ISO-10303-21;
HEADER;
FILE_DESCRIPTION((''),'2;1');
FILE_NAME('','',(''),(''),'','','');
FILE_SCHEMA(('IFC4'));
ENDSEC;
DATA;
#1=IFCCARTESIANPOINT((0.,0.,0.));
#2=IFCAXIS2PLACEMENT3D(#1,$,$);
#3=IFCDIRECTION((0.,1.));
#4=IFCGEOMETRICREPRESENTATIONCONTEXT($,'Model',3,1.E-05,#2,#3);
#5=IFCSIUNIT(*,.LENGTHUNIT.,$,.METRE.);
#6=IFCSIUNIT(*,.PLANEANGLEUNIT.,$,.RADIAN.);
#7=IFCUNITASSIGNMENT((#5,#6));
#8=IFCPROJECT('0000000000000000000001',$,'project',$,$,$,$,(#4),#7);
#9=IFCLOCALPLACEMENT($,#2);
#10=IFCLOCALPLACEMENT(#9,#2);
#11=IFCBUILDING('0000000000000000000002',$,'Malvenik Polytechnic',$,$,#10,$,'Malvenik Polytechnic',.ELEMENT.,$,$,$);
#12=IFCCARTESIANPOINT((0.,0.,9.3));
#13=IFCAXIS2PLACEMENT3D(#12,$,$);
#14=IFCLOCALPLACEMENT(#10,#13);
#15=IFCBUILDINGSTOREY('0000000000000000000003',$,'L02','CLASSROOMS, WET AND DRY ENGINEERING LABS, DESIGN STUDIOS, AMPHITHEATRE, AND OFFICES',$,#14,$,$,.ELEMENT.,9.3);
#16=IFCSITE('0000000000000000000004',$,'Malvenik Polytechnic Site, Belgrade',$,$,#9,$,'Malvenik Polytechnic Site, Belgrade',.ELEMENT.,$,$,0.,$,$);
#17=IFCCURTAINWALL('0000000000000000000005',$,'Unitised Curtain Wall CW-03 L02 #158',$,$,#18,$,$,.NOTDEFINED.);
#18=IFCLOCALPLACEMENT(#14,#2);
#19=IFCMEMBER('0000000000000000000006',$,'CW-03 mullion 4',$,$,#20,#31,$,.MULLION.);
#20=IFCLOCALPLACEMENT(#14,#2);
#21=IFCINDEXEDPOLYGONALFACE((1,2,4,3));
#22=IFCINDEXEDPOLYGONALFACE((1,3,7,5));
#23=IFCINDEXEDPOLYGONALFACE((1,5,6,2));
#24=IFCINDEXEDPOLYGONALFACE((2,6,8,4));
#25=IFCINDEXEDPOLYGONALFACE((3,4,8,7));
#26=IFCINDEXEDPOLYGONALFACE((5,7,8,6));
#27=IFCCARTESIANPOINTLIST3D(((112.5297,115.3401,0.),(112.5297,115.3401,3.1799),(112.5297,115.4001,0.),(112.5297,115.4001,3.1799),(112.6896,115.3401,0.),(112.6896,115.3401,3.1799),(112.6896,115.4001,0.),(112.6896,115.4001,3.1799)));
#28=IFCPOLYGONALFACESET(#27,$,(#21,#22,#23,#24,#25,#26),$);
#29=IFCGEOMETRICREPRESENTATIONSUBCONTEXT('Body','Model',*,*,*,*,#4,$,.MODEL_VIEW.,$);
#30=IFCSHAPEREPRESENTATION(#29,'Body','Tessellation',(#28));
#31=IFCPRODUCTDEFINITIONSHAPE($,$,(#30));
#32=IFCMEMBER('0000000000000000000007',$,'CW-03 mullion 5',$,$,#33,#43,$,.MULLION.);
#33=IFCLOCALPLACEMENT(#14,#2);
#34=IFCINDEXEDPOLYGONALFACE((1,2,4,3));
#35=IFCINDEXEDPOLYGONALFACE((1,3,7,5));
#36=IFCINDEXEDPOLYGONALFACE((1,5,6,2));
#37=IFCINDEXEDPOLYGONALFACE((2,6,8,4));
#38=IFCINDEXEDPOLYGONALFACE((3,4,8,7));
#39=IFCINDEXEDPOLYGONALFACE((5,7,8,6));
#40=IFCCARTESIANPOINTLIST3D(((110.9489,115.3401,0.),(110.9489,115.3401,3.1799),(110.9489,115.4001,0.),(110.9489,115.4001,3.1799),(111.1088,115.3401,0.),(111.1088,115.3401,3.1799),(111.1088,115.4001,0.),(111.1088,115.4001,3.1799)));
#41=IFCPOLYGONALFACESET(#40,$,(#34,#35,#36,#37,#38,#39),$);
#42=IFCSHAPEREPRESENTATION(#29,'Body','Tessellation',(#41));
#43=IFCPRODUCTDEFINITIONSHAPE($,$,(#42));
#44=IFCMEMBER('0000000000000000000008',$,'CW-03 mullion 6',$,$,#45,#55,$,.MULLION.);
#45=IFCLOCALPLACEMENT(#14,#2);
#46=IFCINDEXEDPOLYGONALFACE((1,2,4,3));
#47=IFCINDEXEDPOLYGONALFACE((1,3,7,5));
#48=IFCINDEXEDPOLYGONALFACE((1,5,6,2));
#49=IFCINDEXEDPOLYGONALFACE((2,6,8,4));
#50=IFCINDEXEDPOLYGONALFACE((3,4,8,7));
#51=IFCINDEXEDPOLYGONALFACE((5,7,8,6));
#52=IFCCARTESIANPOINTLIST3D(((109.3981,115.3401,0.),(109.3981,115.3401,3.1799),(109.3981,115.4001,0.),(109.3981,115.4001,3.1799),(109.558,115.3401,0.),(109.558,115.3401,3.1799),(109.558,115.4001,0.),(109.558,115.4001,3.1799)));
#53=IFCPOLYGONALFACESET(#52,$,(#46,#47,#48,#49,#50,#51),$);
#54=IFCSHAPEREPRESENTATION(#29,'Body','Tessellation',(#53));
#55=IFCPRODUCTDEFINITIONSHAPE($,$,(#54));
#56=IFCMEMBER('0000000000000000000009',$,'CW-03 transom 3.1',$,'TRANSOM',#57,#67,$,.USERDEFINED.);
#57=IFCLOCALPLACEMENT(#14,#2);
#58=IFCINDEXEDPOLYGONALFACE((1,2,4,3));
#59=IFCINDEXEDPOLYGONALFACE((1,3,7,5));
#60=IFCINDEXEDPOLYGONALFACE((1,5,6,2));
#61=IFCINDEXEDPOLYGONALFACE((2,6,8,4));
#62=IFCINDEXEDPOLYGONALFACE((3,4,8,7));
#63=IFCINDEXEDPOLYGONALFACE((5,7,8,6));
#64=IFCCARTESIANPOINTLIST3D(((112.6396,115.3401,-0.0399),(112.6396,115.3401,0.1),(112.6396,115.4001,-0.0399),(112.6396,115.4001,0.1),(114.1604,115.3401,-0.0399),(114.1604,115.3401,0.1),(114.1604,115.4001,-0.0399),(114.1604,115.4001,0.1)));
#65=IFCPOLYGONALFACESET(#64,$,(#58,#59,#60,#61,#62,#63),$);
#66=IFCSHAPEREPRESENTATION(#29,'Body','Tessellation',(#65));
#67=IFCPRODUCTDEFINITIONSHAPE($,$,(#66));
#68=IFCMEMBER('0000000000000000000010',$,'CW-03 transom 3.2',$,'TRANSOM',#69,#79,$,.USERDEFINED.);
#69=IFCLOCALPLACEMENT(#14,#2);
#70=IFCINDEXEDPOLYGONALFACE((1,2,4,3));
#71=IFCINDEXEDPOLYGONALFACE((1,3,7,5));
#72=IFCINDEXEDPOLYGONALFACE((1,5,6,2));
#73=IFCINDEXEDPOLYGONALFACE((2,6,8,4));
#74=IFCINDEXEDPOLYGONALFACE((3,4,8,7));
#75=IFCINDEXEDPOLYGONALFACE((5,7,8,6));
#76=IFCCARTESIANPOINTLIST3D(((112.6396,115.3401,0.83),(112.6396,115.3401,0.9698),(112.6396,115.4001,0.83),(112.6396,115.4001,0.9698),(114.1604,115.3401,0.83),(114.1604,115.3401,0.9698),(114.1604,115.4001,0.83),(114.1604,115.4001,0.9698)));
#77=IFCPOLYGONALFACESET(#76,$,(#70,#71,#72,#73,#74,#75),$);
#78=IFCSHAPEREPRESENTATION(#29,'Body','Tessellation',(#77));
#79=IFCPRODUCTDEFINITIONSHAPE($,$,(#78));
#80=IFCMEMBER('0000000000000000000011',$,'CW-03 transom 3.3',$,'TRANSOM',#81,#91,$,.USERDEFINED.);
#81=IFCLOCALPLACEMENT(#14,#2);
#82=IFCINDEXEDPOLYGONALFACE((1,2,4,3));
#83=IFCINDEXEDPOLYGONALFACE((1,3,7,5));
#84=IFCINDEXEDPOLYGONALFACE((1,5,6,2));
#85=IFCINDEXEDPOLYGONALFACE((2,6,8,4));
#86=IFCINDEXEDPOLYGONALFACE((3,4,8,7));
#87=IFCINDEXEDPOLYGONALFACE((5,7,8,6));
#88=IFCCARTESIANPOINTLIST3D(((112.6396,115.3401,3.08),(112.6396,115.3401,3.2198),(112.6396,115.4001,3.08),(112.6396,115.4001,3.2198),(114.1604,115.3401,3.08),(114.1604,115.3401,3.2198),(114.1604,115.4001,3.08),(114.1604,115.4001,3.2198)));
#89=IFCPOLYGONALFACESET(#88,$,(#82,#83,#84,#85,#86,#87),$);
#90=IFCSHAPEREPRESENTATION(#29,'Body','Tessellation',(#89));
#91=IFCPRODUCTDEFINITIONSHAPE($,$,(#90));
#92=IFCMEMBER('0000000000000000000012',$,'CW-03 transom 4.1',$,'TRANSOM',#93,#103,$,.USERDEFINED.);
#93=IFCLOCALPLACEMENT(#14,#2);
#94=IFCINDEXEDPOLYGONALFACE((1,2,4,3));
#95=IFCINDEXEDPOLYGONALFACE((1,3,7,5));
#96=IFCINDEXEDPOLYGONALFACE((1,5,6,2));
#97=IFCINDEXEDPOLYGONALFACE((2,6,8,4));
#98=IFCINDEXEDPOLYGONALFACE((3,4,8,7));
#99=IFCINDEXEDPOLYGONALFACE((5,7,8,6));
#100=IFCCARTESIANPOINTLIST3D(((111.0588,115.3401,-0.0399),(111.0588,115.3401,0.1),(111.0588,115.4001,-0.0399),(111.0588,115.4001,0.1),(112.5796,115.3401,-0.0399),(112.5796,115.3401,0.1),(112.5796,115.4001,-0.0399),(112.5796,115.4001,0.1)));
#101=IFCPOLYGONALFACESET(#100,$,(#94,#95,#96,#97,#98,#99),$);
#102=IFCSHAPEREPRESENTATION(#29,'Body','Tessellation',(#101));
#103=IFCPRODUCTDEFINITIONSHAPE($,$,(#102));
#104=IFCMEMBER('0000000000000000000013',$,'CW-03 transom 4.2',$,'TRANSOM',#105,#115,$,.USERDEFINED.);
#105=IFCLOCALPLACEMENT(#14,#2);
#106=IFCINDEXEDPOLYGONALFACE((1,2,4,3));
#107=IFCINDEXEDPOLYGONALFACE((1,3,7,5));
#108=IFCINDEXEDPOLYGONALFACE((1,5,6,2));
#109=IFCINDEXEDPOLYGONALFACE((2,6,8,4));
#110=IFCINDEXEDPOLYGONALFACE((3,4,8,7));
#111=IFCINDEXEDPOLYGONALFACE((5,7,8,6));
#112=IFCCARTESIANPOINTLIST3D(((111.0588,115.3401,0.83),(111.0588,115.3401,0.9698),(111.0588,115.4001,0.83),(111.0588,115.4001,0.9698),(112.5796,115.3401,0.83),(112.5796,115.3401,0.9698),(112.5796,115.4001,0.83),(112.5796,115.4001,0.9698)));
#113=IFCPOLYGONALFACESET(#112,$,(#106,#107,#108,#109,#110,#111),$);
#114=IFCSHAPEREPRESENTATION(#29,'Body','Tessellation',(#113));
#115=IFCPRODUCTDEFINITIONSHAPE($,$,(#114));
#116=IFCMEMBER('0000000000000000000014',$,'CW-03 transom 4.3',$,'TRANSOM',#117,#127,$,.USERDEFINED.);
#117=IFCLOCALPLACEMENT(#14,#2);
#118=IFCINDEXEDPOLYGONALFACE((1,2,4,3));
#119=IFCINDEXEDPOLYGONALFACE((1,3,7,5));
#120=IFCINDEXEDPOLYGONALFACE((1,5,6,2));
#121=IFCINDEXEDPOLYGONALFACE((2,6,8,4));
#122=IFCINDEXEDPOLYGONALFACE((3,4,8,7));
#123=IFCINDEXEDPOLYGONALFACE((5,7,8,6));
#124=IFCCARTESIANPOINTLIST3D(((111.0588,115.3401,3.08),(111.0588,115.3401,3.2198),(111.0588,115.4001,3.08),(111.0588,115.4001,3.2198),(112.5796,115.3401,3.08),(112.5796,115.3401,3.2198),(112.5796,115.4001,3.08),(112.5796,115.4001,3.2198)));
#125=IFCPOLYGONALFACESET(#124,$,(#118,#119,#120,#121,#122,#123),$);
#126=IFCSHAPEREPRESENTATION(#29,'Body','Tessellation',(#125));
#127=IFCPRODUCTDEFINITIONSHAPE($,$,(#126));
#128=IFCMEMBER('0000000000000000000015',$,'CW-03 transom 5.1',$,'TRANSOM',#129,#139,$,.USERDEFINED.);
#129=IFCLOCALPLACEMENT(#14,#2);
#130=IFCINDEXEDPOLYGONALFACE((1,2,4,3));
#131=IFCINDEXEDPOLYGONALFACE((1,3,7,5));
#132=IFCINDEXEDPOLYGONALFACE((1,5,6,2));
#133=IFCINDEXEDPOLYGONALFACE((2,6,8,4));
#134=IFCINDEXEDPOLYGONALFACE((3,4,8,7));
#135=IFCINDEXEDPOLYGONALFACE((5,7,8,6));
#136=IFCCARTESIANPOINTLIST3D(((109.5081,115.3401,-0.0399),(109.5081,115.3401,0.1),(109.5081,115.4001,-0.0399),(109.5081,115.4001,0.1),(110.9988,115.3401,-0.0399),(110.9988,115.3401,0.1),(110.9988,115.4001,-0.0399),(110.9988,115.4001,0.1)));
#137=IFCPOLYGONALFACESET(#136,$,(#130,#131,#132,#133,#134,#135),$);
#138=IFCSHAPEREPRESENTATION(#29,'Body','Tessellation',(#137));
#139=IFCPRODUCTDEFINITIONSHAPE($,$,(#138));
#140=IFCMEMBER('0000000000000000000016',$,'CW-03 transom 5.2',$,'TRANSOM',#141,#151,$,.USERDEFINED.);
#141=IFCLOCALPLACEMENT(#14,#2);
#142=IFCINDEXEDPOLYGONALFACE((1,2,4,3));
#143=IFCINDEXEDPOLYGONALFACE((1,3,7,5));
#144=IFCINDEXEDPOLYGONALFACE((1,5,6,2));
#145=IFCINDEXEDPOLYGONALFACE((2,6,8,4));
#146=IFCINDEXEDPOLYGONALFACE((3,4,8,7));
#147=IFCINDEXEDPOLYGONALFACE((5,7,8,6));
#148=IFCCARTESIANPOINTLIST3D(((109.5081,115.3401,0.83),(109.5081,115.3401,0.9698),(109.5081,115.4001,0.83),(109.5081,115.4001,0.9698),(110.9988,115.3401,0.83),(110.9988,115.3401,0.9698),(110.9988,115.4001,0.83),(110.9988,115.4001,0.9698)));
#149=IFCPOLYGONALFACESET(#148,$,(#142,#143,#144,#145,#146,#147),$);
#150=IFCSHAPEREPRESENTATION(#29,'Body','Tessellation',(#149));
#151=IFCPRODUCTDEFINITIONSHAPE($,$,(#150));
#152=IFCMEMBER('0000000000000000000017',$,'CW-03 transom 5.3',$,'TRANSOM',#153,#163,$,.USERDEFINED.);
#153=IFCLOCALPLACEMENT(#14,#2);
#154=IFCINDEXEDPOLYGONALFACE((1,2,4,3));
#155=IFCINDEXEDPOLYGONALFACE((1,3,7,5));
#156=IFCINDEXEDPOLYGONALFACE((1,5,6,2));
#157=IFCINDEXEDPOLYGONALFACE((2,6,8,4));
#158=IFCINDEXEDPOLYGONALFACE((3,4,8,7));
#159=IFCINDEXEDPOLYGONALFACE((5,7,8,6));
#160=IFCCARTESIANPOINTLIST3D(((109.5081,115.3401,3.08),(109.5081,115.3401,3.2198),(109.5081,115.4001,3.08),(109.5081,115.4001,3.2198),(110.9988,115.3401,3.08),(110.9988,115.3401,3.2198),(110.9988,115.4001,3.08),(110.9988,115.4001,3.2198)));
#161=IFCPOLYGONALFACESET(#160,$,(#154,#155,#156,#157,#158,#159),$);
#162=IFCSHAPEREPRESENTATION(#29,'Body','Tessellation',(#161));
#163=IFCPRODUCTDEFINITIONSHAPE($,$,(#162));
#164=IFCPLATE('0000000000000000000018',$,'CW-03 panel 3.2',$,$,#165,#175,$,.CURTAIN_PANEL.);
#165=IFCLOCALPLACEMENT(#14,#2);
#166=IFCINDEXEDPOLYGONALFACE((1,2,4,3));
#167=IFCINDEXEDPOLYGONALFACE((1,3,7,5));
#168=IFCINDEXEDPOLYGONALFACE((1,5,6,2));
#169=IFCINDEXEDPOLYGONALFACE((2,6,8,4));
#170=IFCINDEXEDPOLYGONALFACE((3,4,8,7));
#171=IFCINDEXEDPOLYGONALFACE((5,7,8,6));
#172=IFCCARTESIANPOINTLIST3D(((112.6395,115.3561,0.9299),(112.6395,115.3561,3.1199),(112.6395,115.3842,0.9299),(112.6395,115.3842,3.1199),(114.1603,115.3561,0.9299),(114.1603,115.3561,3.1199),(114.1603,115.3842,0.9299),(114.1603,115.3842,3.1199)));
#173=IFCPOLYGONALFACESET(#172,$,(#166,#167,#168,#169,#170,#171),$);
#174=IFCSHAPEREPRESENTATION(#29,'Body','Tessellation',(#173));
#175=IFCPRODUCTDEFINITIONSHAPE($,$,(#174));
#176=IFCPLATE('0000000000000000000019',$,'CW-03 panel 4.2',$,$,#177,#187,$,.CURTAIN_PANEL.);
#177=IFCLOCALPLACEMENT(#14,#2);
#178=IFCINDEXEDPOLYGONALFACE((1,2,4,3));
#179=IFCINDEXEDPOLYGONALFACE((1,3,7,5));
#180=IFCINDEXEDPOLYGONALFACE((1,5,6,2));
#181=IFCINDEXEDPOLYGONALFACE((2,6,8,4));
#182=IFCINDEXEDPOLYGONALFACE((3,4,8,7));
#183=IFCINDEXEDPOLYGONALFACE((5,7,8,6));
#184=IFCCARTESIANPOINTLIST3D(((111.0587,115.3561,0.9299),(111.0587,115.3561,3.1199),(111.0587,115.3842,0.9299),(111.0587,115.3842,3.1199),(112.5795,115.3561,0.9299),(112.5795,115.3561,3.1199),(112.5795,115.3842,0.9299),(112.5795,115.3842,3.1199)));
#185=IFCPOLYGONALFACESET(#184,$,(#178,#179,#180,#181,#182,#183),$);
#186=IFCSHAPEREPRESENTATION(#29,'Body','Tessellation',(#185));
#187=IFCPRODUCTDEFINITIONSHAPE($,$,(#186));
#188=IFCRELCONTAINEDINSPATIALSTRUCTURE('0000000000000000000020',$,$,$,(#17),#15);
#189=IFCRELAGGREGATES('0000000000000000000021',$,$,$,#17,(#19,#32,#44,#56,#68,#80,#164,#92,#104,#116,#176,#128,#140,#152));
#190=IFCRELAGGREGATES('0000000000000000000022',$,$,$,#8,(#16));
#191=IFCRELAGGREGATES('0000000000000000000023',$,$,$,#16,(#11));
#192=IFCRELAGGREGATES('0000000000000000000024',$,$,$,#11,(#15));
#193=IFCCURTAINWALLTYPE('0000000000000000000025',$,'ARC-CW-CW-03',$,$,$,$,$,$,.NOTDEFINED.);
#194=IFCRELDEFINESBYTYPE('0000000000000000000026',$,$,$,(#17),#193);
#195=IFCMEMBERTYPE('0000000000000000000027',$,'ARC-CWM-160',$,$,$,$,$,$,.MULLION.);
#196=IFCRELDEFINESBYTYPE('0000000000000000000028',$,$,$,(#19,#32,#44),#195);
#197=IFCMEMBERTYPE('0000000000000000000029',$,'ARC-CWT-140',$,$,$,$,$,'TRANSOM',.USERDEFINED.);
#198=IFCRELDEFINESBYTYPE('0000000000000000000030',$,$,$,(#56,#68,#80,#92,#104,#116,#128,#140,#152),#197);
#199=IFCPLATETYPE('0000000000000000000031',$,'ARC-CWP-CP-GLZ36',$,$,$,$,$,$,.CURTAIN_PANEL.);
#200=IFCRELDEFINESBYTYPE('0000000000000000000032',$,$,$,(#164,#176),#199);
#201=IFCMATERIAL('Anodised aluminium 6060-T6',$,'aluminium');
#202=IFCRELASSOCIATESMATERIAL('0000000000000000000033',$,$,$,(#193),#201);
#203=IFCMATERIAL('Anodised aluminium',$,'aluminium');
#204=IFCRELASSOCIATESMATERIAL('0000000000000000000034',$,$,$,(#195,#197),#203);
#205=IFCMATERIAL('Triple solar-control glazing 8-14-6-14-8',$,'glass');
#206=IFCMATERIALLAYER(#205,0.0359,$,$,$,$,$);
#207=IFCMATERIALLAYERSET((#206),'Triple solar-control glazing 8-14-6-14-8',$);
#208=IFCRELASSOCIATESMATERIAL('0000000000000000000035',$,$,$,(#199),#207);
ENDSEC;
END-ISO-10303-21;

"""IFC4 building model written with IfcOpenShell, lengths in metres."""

from ifc_helpers import new_model, si_unit, direction, frame, origin, origin_2d, place, context, subcontext, project, spatial, rectangle, extrude, material, layer, layer_set, material_profile, profile_set, type_object, element, aggregate, save


model = new_model("IFC4")

# Units and contexts
model_context = context("Model", 3, precision=1e-05, world=origin(), true_north=direction((0.0, 1.0)))
body_context = subcontext(model_context, "Body", "Model", "MODEL_VIEW")
ifc_project = project(units=[si_unit("LENGTHUNIT", "METRE"), si_unit("PLANEANGLEUNIT", "RADIAN")], contexts=[model_context])

# Site, building, storey
site_placement = place(None, origin())
site = spatial("IfcSite", under=ifc_project, at=site_placement, Name="Malvenik Polytechnic Site, Belgrade", LongName="Malvenik Polytechnic Site, Belgrade", CompositionType="ELEMENT", RefElevation=0.0)
building_placement = place(site_placement, origin())
building = spatial("IfcBuilding", under=site, at=building_placement, Name="Malvenik Polytechnic", LongName="Malvenik Polytechnic", CompositionType="ELEMENT")
storey_placement = place(building_placement, frame((0.0, 0.0, 9.3)))
storey = spatial("IfcBuildingStorey", under=building, at=storey_placement, Name="L02", Description="CLASSROOMS, WET AND DRY ENGINEERING LABS, DESIGN STUDIOS, AMPHITHEATRE, AND OFFICES", CompositionType="ELEMENT", Elevation=9.3)

# Curtain wall, members, plates
ifc_material_1 = material(Name="Anodised aluminium 6060-T6", Category="aluminium")
curtain_wall_type = type_object("IfcCurtainWallType", Name="ARC-CW-CW-03", PredefinedType="NOTDEFINED", material=ifc_material_1)
curtain_wall_placement = place(storey_placement, origin())
curtain_wall = element("IfcCurtainWall", 1, at=curtain_wall_placement, inside=storey, type_object=curtain_wall_type, Name="Unitised Curtain Wall CW-03 L02 #158", PredefinedType="NOTDEFINED")
ifc_material_2 = material(Name="Anodised aluminium", Category="aluminium")
ifc_material_profile_1 = material_profile(ifc_material_2, rectangle(XDim=0.0601, YDim=0.1599, at=origin_2d()), Name="ALU MULLION 60x160")
ifc_profile_set_1 = profile_set([ifc_material_profile_1], Name="Anodised aluminium")
member_type_1 = type_object("IfcMemberType", Name="ARC-CWM-160", PredefinedType="MULLION", material=ifc_profile_set_1)
member_1_placement = place(storey_placement, frame((112.6096, 115.3701, 0.0), z_axis=(0.0, 0.0, 1.0), x_axis=(0.0, -1.0, 0.0)))
member_1 = element("IfcMember", 2, at=member_1_placement, type_object=member_type_1, Name="CW-03 mullion 4", PredefinedType="MULLION", context=body_context, shape_type="SweptSolid", body=[
    extrude(rectangle(XDim=0.0601, YDim=0.1599, at=origin_2d()), origin(), (0.0, 0.0, 1.0), 3.1799),
])
member_2_placement = place(storey_placement, frame((111.0288, 115.3701, 0.0), z_axis=(0.0, 0.0, 1.0), x_axis=(0.0, -1.0, 0.0)))
member_2 = element("IfcMember", 3, at=member_2_placement, type_object=member_type_1, Name="CW-03 mullion 5", PredefinedType="MULLION", context=body_context, shape_type="SweptSolid", body=[
    extrude(rectangle(XDim=0.0601, YDim=0.1599, at=origin_2d()), origin(), (0.0, 0.0, 1.0), 3.1799),
])
member_3_placement = place(storey_placement, frame((109.478, 115.3701, 0.0), z_axis=(0.0, 0.0, 1.0), x_axis=(0.0, -1.0, 0.0)))
member_3 = element("IfcMember", 4, at=member_3_placement, type_object=member_type_1, Name="CW-03 mullion 6", PredefinedType="MULLION", context=body_context, shape_type="SweptSolid", body=[
    extrude(rectangle(XDim=0.0601, YDim=0.1599, at=origin_2d()), origin(), (0.0, 0.0, 1.0), 3.1799),
])
ifc_material_profile_2 = material_profile(ifc_material_2, rectangle(XDim=0.0601, YDim=0.1399, at=origin_2d()), Name="ALU TRANSOM 60x140")
ifc_profile_set_2 = profile_set([ifc_material_profile_2], Name="Anodised aluminium")
member_type_2 = type_object("IfcMemberType", Name="ARC-CWT-140", ElementType="TRANSOM", PredefinedType="USERDEFINED", material=ifc_profile_set_2)
member_4_placement = place(storey_placement, frame((114.1604, 115.3701, 0.03), z_axis=(-1.0, 0.0, 0.0), x_axis=(0.0, -1.0, 0.0)))
member_4 = element("IfcMember", 5, at=member_4_placement, type_object=member_type_2, Name="CW-03 transom 3.1", ObjectType="TRANSOM", PredefinedType="USERDEFINED", context=body_context, shape_type="SweptSolid", body=[
    extrude(rectangle(XDim=0.0601, YDim=0.1399, at=origin_2d()), origin(), (0.0, 0.0, 1.0), 1.5208),
])
member_5_placement = place(storey_placement, frame((114.1604, 115.3701, 0.8999), z_axis=(-1.0, 0.0, 0.0), x_axis=(0.0, -1.0, 0.0)))
member_5 = element("IfcMember", 6, at=member_5_placement, type_object=member_type_2, Name="CW-03 transom 3.2", ObjectType="TRANSOM", PredefinedType="USERDEFINED", context=body_context, shape_type="SweptSolid", body=[
    extrude(rectangle(XDim=0.0601, YDim=0.1399, at=origin_2d()), origin(), (0.0, 0.0, 1.0), 1.5208),
])
member_6_placement = place(storey_placement, frame((114.1604, 115.3701, 3.1499), z_axis=(-1.0, 0.0, 0.0), x_axis=(0.0, -1.0, 0.0)))
member_6 = element("IfcMember", 7, at=member_6_placement, type_object=member_type_2, Name="CW-03 transom 3.3", ObjectType="TRANSOM", PredefinedType="USERDEFINED", context=body_context, shape_type="SweptSolid", body=[
    extrude(rectangle(XDim=0.0601, YDim=0.1399, at=origin_2d()), origin(), (0.0, 0.0, 1.0), 1.5208),
])
member_7_placement = place(storey_placement, frame((112.5796, 115.3701, 0.03), z_axis=(-1.0, 0.0, 0.0), x_axis=(0.0, -1.0, 0.0)))
member_7 = element("IfcMember", 8, at=member_7_placement, type_object=member_type_2, Name="CW-03 transom 4.1", ObjectType="TRANSOM", PredefinedType="USERDEFINED", context=body_context, shape_type="SweptSolid", body=[
    extrude(rectangle(XDim=0.0601, YDim=0.1399, at=origin_2d()), origin(), (0.0, 0.0, 1.0), 1.5208),
])
member_8_placement = place(storey_placement, frame((112.5796, 115.3701, 0.8999), z_axis=(-1.0, 0.0, 0.0), x_axis=(0.0, -1.0, 0.0)))
member_8 = element("IfcMember", 9, at=member_8_placement, type_object=member_type_2, Name="CW-03 transom 4.2", ObjectType="TRANSOM", PredefinedType="USERDEFINED", context=body_context, shape_type="SweptSolid", body=[
    extrude(rectangle(XDim=0.0601, YDim=0.1399, at=origin_2d()), origin(), (0.0, 0.0, 1.0), 1.5208),
])
member_9_placement = place(storey_placement, frame((112.5796, 115.3701, 3.1499), z_axis=(-1.0, 0.0, 0.0), x_axis=(0.0, -1.0, 0.0)))
member_9 = element("IfcMember", 10, at=member_9_placement, type_object=member_type_2, Name="CW-03 transom 4.3", ObjectType="TRANSOM", PredefinedType="USERDEFINED", context=body_context, shape_type="SweptSolid", body=[
    extrude(rectangle(XDim=0.0601, YDim=0.1399, at=origin_2d()), origin(), (0.0, 0.0, 1.0), 1.5208),
])
member_10_placement = place(storey_placement, frame((110.9988, 115.3701, 0.03), z_axis=(-1.0, 0.0, 0.0), x_axis=(0.0, -1.0, 0.0)))
member_10 = element("IfcMember", 11, at=member_10_placement, type_object=member_type_2, Name="CW-03 transom 5.1", ObjectType="TRANSOM", PredefinedType="USERDEFINED", context=body_context, shape_type="SweptSolid", body=[
    extrude(rectangle(XDim=0.0601, YDim=0.1399, at=origin_2d()), origin(), (0.0, 0.0, 1.0), 1.4907),
])
member_11_placement = place(storey_placement, frame((110.9988, 115.3701, 0.8999), z_axis=(-1.0, 0.0, 0.0), x_axis=(0.0, -1.0, 0.0)))
member_11 = element("IfcMember", 12, at=member_11_placement, type_object=member_type_2, Name="CW-03 transom 5.2", ObjectType="TRANSOM", PredefinedType="USERDEFINED", context=body_context, shape_type="SweptSolid", body=[
    extrude(rectangle(XDim=0.0601, YDim=0.1399, at=origin_2d()), origin(), (0.0, 0.0, 1.0), 1.4907),
])
member_12_placement = place(storey_placement, frame((110.9988, 115.3701, 3.1499), z_axis=(-1.0, 0.0, 0.0), x_axis=(0.0, -1.0, 0.0)))
member_12 = element("IfcMember", 13, at=member_12_placement, type_object=member_type_2, Name="CW-03 transom 5.3", ObjectType="TRANSOM", PredefinedType="USERDEFINED", context=body_context, shape_type="SweptSolid", body=[
    extrude(rectangle(XDim=0.0601, YDim=0.1399, at=origin_2d()), origin(), (0.0, 0.0, 1.0), 1.4907),
])
ifc_material_3 = material(Name="Triple solar-control glazing 8-14-6-14-8", Category="glass")
ifc_layer_1 = layer(ifc_material_3, 0.0359)
ifc_layer_set_1 = layer_set([ifc_layer_1], Name="Triple solar-control glazing 8-14-6-14-8")
plate_type_1 = type_object("IfcPlateType", Name="ARC-CWP-CP-GLZ36", PredefinedType="CURTAIN_PANEL", material=ifc_layer_set_1)
plate_1_placement = place(storey_placement, frame((113.3999, 115.3701, 0.9299), z_axis=(0.0, 0.0, 1.0), x_axis=(-1.0, 0.0, 0.0)))
plate_1 = element("IfcPlate", 14, at=plate_1_placement, type_object=plate_type_1, Name="CW-03 panel 3.2", PredefinedType="CURTAIN_PANEL", context=body_context, shape_type="SweptSolid", body=[
    extrude(rectangle(XDim=1.5208, YDim=0.0281, at=origin_2d()), origin(), (0.0, 0.0, 1.0), 2.1899),
])
plate_2_placement = place(storey_placement, frame((111.8191, 115.3701, 0.9299), z_axis=(0.0, 0.0, 1.0), x_axis=(-1.0, 0.0, 0.0)))
plate_2 = element("IfcPlate", 15, at=plate_2_placement, type_object=plate_type_1, Name="CW-03 panel 4.2", PredefinedType="CURTAIN_PANEL", context=body_context, shape_type="SweptSolid", body=[
    extrude(rectangle(XDim=1.5208, YDim=0.0281, at=origin_2d()), origin(), (0.0, 0.0, 1.0), 2.1899),
])
aggregate(curtain_wall, [member_1, member_2, member_3, member_4, member_5, member_6, plate_1, member_7, member_8, member_9, plate_2, member_10, member_11, member_12])

save(model, "model.ifc")
